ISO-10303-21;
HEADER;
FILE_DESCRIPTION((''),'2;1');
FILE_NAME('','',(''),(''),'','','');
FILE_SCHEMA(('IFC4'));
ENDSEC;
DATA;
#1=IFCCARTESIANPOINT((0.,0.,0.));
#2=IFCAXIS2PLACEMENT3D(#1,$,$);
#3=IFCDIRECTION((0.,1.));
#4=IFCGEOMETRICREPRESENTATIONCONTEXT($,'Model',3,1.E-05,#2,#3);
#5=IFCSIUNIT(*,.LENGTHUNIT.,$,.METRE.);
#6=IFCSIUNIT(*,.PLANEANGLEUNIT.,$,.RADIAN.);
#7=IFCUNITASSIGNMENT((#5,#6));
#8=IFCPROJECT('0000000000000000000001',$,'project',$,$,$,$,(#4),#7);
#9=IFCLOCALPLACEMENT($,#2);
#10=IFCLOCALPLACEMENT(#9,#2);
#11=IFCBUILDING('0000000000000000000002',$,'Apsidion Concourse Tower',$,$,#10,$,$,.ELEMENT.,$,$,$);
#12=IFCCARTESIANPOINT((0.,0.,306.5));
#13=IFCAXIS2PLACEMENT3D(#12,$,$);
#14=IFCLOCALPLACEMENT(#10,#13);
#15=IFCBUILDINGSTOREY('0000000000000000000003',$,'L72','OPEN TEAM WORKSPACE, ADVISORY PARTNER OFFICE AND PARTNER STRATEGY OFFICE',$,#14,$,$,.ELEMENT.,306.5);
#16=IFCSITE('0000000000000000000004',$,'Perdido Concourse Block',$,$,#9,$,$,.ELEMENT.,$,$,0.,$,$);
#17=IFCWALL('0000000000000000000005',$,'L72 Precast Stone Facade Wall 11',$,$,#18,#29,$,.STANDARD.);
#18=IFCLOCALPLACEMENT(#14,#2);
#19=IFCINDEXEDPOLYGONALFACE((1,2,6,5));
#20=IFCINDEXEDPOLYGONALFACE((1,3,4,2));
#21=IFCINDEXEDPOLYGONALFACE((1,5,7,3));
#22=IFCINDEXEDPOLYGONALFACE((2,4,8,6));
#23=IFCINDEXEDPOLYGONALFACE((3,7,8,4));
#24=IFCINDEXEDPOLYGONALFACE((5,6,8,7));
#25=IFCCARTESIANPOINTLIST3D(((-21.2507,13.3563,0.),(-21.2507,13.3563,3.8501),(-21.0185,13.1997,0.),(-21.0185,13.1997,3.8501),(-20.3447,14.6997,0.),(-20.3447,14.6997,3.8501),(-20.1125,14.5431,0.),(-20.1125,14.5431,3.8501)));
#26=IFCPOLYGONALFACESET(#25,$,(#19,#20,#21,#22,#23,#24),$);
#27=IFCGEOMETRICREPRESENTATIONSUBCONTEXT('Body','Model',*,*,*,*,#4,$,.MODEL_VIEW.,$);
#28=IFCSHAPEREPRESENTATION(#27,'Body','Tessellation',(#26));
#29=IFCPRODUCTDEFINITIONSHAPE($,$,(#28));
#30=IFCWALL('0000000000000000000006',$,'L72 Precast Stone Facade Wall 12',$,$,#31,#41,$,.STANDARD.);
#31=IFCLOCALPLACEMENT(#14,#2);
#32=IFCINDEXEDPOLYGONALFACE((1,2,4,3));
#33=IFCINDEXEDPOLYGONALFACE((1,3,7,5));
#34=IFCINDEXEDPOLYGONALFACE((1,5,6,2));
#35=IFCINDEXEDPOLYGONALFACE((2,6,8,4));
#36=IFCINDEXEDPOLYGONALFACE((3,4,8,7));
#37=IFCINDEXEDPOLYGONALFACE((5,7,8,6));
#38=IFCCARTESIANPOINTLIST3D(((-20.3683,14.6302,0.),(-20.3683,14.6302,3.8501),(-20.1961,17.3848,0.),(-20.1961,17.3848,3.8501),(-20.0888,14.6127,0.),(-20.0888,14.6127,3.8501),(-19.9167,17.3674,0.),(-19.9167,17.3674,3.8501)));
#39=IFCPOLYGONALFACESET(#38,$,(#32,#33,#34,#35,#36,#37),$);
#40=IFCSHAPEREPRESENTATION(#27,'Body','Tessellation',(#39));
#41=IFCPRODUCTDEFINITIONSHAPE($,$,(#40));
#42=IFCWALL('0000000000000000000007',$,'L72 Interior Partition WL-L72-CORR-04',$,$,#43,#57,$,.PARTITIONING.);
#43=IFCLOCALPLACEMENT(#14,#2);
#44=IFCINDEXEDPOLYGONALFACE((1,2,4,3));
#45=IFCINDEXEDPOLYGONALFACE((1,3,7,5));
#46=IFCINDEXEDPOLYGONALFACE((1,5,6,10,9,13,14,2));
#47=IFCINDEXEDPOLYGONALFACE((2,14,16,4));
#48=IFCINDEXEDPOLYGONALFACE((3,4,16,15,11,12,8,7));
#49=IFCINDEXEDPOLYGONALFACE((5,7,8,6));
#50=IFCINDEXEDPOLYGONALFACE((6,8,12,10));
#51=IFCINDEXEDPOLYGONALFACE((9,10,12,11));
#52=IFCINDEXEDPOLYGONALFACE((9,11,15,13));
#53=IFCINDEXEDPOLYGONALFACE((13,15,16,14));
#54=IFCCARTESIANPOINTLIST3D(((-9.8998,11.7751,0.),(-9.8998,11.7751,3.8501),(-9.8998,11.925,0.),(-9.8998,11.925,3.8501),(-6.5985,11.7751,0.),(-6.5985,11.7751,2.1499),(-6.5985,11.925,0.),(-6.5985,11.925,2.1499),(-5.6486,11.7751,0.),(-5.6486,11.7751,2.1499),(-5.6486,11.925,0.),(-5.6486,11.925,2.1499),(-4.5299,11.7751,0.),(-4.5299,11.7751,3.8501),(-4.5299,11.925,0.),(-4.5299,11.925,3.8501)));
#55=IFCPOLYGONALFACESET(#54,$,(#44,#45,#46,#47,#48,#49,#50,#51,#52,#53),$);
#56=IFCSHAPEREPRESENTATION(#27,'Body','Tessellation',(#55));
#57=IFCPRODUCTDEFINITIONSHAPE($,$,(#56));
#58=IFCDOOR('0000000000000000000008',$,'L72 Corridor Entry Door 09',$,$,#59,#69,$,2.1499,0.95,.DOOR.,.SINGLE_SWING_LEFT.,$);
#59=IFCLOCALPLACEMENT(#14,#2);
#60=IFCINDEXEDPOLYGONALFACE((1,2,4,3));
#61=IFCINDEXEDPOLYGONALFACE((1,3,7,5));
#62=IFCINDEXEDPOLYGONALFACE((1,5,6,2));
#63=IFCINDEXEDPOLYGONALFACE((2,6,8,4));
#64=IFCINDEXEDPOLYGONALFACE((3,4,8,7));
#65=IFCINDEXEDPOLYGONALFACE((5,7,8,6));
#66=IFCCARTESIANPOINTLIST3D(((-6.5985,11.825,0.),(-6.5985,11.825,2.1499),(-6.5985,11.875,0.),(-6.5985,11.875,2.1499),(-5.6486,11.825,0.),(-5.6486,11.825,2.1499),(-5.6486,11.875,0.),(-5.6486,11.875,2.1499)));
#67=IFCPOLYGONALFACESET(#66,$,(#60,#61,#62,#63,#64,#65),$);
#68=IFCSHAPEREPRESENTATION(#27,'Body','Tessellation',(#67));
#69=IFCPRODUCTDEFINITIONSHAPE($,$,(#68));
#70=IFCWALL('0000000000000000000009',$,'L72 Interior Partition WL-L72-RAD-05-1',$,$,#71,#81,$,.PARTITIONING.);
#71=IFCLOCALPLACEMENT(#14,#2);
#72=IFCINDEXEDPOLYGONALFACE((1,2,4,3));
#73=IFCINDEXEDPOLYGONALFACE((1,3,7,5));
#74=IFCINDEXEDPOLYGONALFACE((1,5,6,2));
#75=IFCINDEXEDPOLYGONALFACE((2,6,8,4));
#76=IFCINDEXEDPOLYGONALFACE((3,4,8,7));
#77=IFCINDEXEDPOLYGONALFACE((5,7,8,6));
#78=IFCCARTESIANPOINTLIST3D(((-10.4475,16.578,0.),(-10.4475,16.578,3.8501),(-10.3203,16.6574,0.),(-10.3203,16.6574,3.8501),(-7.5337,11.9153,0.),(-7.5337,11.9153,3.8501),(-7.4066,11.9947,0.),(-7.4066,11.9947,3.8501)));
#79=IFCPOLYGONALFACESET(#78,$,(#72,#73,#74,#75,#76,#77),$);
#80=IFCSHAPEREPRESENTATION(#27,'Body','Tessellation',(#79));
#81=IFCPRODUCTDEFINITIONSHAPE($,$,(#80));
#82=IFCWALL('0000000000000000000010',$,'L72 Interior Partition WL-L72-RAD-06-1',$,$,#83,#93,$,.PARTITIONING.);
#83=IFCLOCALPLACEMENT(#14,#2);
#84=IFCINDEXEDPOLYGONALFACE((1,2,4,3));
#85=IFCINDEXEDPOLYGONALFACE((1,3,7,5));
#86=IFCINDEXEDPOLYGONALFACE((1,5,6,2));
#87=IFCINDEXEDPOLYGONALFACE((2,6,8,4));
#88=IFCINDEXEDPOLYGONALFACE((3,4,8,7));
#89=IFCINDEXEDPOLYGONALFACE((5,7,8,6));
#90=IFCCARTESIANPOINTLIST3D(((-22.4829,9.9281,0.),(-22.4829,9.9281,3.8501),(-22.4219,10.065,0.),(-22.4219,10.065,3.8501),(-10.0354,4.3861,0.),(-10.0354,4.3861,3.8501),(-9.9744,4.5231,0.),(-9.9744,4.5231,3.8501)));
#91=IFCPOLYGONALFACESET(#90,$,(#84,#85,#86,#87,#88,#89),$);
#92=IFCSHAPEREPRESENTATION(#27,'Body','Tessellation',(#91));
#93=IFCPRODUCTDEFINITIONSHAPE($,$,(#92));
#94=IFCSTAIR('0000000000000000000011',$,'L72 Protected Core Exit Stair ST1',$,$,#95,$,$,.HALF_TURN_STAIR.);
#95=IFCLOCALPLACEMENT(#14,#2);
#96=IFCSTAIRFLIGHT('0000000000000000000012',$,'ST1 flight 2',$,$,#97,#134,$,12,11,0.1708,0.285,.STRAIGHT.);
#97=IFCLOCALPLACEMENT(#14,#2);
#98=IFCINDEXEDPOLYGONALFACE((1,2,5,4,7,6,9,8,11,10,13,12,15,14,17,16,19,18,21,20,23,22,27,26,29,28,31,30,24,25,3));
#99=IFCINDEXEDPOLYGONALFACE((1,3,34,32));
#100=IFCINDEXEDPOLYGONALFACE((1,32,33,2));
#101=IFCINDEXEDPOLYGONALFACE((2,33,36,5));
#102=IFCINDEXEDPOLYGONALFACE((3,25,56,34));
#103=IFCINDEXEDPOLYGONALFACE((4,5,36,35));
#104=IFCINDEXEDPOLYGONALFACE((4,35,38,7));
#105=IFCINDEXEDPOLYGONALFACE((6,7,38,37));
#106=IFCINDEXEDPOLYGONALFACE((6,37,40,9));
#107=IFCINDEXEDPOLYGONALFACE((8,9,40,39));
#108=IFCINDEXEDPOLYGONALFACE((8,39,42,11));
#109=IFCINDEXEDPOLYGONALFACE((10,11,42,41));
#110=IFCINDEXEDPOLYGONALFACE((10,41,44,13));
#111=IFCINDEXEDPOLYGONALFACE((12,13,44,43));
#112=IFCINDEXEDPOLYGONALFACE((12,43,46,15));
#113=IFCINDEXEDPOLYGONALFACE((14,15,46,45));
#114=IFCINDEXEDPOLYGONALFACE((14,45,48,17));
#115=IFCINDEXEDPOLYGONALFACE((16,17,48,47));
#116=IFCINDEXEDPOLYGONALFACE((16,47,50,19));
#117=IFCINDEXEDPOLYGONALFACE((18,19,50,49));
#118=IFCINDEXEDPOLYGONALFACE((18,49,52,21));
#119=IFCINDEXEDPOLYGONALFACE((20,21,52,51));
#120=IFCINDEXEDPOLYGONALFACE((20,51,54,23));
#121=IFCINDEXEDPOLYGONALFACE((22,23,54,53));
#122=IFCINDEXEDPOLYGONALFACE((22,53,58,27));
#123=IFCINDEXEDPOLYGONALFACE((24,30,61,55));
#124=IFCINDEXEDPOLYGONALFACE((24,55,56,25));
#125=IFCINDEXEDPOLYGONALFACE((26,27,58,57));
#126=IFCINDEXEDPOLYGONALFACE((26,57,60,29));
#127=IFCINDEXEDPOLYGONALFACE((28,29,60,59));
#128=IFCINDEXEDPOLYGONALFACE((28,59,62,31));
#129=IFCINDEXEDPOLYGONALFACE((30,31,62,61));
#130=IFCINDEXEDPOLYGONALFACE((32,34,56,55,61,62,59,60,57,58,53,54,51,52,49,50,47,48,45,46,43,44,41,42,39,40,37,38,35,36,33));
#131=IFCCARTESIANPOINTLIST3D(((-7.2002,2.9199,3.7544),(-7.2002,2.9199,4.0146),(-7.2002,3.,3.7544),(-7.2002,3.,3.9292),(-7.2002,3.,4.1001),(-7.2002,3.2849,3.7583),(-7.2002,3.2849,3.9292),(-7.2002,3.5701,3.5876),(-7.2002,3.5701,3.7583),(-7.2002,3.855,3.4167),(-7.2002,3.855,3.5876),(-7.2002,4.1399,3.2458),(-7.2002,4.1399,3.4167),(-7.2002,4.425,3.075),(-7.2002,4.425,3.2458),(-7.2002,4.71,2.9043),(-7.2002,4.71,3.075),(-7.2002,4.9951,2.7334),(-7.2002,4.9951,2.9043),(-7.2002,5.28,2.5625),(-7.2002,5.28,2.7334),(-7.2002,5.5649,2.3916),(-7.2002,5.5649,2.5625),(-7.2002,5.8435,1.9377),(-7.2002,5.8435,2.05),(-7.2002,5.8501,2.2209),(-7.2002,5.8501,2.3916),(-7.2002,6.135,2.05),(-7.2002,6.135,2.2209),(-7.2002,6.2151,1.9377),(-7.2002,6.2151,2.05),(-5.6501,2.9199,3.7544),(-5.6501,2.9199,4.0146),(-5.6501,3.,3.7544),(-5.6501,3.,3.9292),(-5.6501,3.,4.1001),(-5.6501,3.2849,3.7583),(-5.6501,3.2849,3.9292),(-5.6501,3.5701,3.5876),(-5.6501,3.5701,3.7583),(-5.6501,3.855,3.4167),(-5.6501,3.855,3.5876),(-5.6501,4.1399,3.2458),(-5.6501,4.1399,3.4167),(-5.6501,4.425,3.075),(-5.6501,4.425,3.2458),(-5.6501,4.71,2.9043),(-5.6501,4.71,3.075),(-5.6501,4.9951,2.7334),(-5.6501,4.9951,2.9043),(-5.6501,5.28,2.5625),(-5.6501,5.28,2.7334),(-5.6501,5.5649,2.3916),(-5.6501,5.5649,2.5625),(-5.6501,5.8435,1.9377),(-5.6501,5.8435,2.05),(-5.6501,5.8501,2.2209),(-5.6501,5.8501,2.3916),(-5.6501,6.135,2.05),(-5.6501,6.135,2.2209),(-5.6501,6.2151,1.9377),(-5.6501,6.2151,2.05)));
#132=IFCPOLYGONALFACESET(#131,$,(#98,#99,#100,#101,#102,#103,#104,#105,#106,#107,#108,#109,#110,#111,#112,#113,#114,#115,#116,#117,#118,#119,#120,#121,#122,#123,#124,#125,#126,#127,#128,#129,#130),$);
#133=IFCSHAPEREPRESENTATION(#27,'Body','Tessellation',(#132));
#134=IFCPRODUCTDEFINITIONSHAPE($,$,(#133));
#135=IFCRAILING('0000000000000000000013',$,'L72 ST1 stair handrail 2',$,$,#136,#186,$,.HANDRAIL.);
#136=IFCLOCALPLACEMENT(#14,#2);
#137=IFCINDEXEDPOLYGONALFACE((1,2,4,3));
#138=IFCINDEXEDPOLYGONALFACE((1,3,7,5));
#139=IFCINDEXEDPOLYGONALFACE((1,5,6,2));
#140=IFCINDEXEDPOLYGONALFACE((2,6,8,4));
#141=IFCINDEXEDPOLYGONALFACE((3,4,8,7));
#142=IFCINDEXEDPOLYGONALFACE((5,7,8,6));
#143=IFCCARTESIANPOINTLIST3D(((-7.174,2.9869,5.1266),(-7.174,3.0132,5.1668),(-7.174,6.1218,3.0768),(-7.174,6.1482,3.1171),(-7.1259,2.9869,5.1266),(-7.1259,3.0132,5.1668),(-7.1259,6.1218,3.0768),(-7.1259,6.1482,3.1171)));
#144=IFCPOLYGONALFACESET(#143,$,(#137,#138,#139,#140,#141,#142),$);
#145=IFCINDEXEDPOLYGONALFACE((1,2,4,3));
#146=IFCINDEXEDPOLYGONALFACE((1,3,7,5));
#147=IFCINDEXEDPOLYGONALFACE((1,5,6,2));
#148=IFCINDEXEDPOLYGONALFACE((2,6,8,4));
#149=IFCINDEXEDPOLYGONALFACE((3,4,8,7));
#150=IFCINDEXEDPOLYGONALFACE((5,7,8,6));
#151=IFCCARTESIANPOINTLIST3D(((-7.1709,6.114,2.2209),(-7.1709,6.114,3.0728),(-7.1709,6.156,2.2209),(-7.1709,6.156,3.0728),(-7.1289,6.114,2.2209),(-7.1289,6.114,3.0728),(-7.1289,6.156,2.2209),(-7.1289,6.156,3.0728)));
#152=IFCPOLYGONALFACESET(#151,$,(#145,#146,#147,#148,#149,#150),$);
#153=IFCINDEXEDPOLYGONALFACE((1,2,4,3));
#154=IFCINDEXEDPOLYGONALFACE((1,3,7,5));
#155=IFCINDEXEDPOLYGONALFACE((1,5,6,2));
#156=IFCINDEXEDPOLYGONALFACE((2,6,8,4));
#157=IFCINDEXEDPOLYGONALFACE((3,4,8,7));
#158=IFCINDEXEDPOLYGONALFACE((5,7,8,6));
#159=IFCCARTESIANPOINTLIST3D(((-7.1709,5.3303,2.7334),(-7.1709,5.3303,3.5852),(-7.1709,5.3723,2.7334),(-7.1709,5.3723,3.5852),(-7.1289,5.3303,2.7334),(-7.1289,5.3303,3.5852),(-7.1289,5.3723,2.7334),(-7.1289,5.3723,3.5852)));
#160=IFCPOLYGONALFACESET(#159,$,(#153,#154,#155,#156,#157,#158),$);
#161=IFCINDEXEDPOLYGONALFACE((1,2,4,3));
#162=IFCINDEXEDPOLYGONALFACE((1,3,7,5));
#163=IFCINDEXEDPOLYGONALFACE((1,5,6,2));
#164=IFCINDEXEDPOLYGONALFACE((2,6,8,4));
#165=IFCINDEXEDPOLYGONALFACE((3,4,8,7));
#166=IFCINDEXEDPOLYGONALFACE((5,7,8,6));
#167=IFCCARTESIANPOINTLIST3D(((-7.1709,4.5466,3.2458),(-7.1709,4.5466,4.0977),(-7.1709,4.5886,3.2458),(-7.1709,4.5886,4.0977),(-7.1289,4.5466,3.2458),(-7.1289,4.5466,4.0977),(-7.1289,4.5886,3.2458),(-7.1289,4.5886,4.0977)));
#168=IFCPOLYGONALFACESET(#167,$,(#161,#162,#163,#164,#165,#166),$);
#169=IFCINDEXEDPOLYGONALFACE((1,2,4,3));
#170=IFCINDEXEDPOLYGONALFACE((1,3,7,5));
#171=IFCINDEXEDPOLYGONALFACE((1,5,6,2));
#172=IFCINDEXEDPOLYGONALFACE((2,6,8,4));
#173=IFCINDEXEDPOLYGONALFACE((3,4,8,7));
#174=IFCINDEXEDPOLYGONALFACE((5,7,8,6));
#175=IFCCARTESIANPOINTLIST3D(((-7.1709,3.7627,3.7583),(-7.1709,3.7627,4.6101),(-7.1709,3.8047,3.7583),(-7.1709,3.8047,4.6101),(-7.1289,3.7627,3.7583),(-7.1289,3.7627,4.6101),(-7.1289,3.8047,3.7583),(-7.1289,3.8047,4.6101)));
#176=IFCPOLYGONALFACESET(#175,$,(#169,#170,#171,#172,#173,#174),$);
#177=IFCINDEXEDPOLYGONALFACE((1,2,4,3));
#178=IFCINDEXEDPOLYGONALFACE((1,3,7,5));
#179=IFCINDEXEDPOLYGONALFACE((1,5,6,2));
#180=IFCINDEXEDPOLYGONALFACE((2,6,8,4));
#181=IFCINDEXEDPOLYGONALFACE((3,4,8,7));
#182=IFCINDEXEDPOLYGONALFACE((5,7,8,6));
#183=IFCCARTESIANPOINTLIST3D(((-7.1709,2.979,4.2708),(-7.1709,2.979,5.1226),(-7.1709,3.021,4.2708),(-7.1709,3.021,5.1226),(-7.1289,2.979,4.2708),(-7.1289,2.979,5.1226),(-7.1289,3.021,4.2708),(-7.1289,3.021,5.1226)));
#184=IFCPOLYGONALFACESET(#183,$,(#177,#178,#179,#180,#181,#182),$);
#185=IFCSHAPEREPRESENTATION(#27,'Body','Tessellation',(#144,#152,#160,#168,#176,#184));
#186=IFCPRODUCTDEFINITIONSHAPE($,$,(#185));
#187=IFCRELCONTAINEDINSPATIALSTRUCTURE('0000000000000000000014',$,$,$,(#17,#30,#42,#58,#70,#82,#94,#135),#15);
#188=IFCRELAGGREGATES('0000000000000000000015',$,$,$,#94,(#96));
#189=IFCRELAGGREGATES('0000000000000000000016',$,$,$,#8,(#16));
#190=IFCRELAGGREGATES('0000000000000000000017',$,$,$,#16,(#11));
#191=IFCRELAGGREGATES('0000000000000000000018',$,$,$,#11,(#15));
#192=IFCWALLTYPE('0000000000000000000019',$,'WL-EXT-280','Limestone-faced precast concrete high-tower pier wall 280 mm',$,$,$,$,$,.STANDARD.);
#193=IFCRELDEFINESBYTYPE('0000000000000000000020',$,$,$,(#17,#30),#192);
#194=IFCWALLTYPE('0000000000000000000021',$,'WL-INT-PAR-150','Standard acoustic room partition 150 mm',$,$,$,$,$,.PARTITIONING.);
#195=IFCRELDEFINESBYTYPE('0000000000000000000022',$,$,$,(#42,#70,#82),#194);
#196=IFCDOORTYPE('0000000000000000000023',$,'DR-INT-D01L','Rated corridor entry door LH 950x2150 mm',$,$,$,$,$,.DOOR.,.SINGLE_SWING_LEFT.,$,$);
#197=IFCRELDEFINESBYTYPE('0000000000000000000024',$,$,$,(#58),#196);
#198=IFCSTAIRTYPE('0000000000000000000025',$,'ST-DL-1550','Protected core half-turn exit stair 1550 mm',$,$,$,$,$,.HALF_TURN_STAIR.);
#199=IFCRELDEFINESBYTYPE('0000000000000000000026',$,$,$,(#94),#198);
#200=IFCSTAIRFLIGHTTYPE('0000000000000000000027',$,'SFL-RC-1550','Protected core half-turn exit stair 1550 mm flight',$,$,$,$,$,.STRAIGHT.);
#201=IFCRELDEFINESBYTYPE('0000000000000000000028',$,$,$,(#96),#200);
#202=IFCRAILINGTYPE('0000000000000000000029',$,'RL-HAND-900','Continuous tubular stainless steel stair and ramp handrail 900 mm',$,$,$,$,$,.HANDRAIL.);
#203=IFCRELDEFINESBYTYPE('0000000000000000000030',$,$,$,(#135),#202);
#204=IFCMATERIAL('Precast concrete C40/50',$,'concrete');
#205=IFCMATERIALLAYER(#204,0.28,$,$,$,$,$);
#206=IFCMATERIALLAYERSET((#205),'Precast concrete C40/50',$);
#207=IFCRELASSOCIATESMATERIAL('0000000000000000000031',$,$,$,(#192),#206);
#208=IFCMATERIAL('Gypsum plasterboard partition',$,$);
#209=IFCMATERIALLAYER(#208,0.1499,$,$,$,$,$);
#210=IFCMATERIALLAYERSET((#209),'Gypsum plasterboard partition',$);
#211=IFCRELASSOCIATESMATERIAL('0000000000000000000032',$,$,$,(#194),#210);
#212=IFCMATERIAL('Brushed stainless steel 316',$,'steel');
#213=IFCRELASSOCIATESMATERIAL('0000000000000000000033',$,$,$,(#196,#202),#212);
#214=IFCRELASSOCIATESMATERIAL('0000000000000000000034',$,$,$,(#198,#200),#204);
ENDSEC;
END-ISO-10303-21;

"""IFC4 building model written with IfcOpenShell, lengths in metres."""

from ifc_helpers import new_model, si_unit, direction, frame, frame_2d, origin, origin_2d, place, context, subcontext, project, spatial, polyline, rectangle, outline, extrude, material, layer, layer_set, type_object, element, fill, aggregate, save


model = new_model("IFC4")

# Units and contexts
model_context = context("Model", 3, precision=1e-05, world=origin(), true_north=direction((0.0, 1.0)))
body_context = subcontext(model_context, "Body", "Model", "MODEL_VIEW")
ifc_project = project(units=[si_unit("LENGTHUNIT", "METRE"), si_unit("PLANEANGLEUNIT", "RADIAN")], contexts=[model_context])

# Site, building, storey
site_placement = place(None, origin())
site = spatial("IfcSite", under=ifc_project, at=site_placement, Name="Perdido Concourse Block", CompositionType="ELEMENT", RefElevation=0.0)
building_placement = place(site_placement, origin())
building = spatial("IfcBuilding", under=site, at=building_placement, Name="Apsidion Concourse Tower", CompositionType="ELEMENT")
storey_placement = place(building_placement, frame((0.0, 0.0, 306.5)))
storey = spatial("IfcBuildingStorey", under=building, at=storey_placement, Name="L72", Description="OPEN TEAM WORKSPACE, ADVISORY PARTNER OFFICE AND PARTNER STRATEGY OFFICE", CompositionType="ELEMENT", Elevation=306.5)

# Shared definitions
ifc_material_1 = material(Name="Precast concrete C40/50", Category="concrete")
ifc_layer_1 = layer(ifc_material_1, 0.28)
ifc_layer_set_1 = layer_set([ifc_layer_1], Name="Precast concrete C40/50")
wall_type_1 = type_object("IfcWallType", Name="WL-EXT-280", Description="Limestone-faced precast concrete high-tower pier wall 280 mm", PredefinedType="STANDARD", material=ifc_layer_set_1)

# Walls
wall_1_placement = place(storey_placement, frame((-21.1345, 13.2781, 0.0), z_axis=(0.0, 0.0, 1.0), x_axis=(0.559108, 0.829095, 0.0)))
element("IfcWall", 1, at=wall_1_placement, inside=storey, type_object=wall_type_1, Name="L72 Precast Stone Facade Wall 11", PredefinedType="STANDARD", context=body_context, shape_type="SweptSolid", body=[
    extrude(rectangle(XDim=1.6204, YDim=0.28, at=frame_2d((0.8101, 0.0))), origin(), (0.0, 0.0, 1.0), 3.8501),
])
wall_2_placement = place(storey_placement, frame((-20.2285, 14.6216, 0.0), z_axis=(0.0, 0.0, 1.0), x_axis=(0.062362, 0.998054, 0.0)))
element("IfcWall", 2, at=wall_2_placement, inside=storey, type_object=wall_type_1, Name="L72 Precast Stone Facade Wall 12", PredefinedType="STANDARD", context=body_context, shape_type="SweptSolid", body=[
    extrude(rectangle(XDim=2.76, YDim=0.28, at=frame_2d((1.3799, 0.0))), origin(), (0.0, 0.0, 1.0), 3.8501),
])

# Wall, opening, door
ifc_material_2 = material(Name="Gypsum plasterboard partition")
ifc_layer_2 = layer(ifc_material_2, 0.1499)
ifc_layer_set_2 = layer_set([ifc_layer_2], Name="Gypsum plasterboard partition")
wall_type_2 = type_object("IfcWallType", Name="WL-INT-PAR-150", Description="Standard acoustic room partition 150 mm", PredefinedType="PARTITIONING", material=ifc_layer_set_2)
wall_3_placement = place(storey_placement, frame((-9.8999, 11.8501, 0.0), z_axis=(0.0, 0.0, 1.0), x_axis=(1.0, 0.0, 0.0)))
wall_3 = element("IfcWall", 3, at=wall_3_placement, inside=storey, type_object=wall_type_2, Name="L72 Interior Partition WL-L72-CORR-04", PredefinedType="PARTITIONING", context=body_context, shape_type="SweptSolid", body=[
    extrude(rectangle(XDim=5.3699, YDim=0.1499, at=frame_2d((2.6851, 0.0))), origin(), (0.0, 0.0, 1.0), 3.8501),
])
opening_1_placement = place(wall_3_placement, frame((3.3013, 0.0, 0.0)))
opening_1 = element("IfcOpeningElement", 4, at=opening_1_placement, cuts=wall_3, PredefinedType="OPENING", context=body_context, shape_type="SweptSolid", body=[
    extrude(rectangle(XDim=0.95, YDim=2.1499, at=frame_2d((0.4751, 1.075))), frame((0.0, 0.085, 0.0), z_axis=(0.0, -1.0, 0.0), x_axis=(1.0, 0.0, 0.0)), (0.0, 0.0, 1.0), 0.1699),
])
ifc_material_3 = material(Name="Brushed stainless steel 316", Category="steel")
door_type_1 = type_object("IfcDoorType", Name="DR-INT-D01L", Description="Rated corridor entry door LH 950x2150 mm", OperationType="SINGLE_SWING_LEFT", PredefinedType="DOOR", material=ifc_material_3)
door_1_placement = place(opening_1_placement, origin())
door_1 = element("IfcDoor", 5, at=door_1_placement, inside=storey, type_object=door_type_1, Name="L72 Corridor Entry Door 09", OperationType="SINGLE_SWING_LEFT", OverallHeight=2.1499, OverallWidth=0.95, PredefinedType="DOOR", context=body_context, shape_type="SweptSolid", body=[
    extrude(rectangle(XDim=0.95, YDim=2.1499, at=frame_2d((0.4751, 1.075))), frame((0.0, 0.0249, 0.0), z_axis=(0.0, -1.0, 0.0), x_axis=(1.0, 0.0, 0.0)), (0.0, 0.0, 1.0), 0.05),
])
fill(opening_1, door_1)

# Walls
wall_4_placement = place(storey_placement, frame((-7.4702, 11.9551, 0.0), z_axis=(0.0, 0.0, 1.0), x_axis=(-0.529939, 0.848036, 0.0)))
element("IfcWall", 6, at=wall_4_placement, inside=storey, type_object=wall_type_2, Name="L72 Interior Partition WL-L72-RAD-05-1", PredefinedType="PARTITIONING", context=body_context, shape_type="SweptSolid", body=[
    extrude(rectangle(XDim=5.4983, YDim=0.1499, at=frame_2d((2.749, 0.0))), origin(), (0.0, 0.0, 1.0), 3.8501),
])
wall_5_placement = place(storey_placement, frame((-10.0049, 4.4546, 0.0), z_axis=(0.0, 0.0, 1.0), x_axis=(-0.913545, 0.406737, 0.0)))
element("IfcWall", 7, at=wall_5_placement, inside=storey, type_object=wall_type_2, Name="L72 Interior Partition WL-L72-RAD-06-1", PredefinedType="PARTITIONING", context=body_context, shape_type="SweptSolid", body=[
    extrude(rectangle(XDim=13.6255, YDim=0.1499, at=frame_2d((6.8127, 0.0))), origin(), (0.0, 0.0, 1.0), 3.8501),
])

# Stair, stair flight
stair_type = type_object("IfcStairType", Name="ST-DL-1550", Description="Protected core half-turn exit stair 1550 mm", PredefinedType="HALF_TURN_STAIR", material=ifc_material_1)
stair_placement = place(storey_placement, origin())
stair = element("IfcStair", 8, at=stair_placement, inside=storey, type_object=stair_type, Name="L72 Protected Core Exit Stair ST1", PredefinedType="HALF_TURN_STAIR")
stair_flight_type = type_object("IfcStairFlightType", Name="SFL-RC-1550", Description="Protected core half-turn exit stair 1550 mm flight", PredefinedType="STRAIGHT", material=ifc_material_1)
stair_flight_placement = place(storey_placement, frame((-6.425, 6.135, 2.05), z_axis=(0.0, 0.0, 1.0), x_axis=(0.0, -1.0, 0.0)))
stair_flight = element("IfcStairFlight", 9, at=stair_flight_placement, type_object=stair_flight_type, Name="ST1 flight 2", NumberOfRisers=12, NumberOfTreads=11, PredefinedType="STRAIGHT", RiserHeight=0.1708, TreadLength=0.285, context=body_context, shape_type="SweptSolid", body=[
    extrude(outline(polyline([(-0.0801, -0.1123), (-0.0801, 0.0), (0.0, 0.0), (0.0, 0.1709), (0.2849, 0.1709), (0.2849, 0.3416), (0.5701, 0.3416), (0.5701, 0.5125), (0.855, 0.5125), (0.855, 0.6833), (1.1399, 0.6833), (1.1399, 0.8542), (1.425, 0.8542), (1.425, 1.0249), (1.71, 1.0249), (1.71, 1.1958), (1.9951, 1.1958), (1.9951, 1.3667), (2.28, 1.3667), (2.28, 1.5376), (2.5649, 1.5376), (2.5649, 1.7083), (2.8501, 1.7083), (2.8501, 1.8792), (3.135, 1.8792), (3.135, 2.05), (3.2151, 1.9646), (3.2151, 1.7043), (3.135, 1.7043), (0.2915, 0.0), (0.2915, -0.1123), (-0.0801, -0.1123)])), frame((0.0, 0.7749, 0.0), z_axis=(0.0, -1.0, 0.0), x_axis=(1.0, 0.0, 0.0)), (0.0, 0.0, 1.0), 1.55),
])
aggregate(stair, [stair_flight])

# Railing
railing_type_1 = type_object("IfcRailingType", Name="RL-HAND-900", Description="Continuous tubular stainless steel stair and ramp handrail 900 mm", PredefinedType="HANDRAIL", material=ifc_material_3)
railing_1_placement = place(storey_placement, frame((-7.1499, 6.135, 2.2209)))
element("IfcRailing", 10, at=railing_1_placement, inside=storey, type_object=railing_type_1, Name="L72 ST1 stair handrail 2", PredefinedType="HANDRAIL", context=body_context, shape_type="SweptSolid", body=[
    extrude(rectangle(XDim=0.0481, YDim=0.0481, at=origin_2d()), frame((0.0, 0.0, 0.876), z_axis=(0.0, -0.836971, 0.547248), x_axis=(1.0, 0.0, 0.0)), (0.0, 0.0, 1.0), 3.7456),
    extrude(rectangle(XDim=0.042, YDim=0.042, at=origin_2d()), origin(), (0.0, 0.0, 1.0), 0.8518),
    extrude(rectangle(XDim=0.042, YDim=0.042, at=origin_2d()), frame((0.0, -0.7837, 0.5125)), (0.0, 0.0, 1.0), 0.8518),
    extrude(rectangle(XDim=0.042, YDim=0.042, at=origin_2d()), frame((0.0, -1.5674, 1.0249)), (0.0, 0.0, 1.0), 0.8518),
    extrude(rectangle(XDim=0.042, YDim=0.042, at=origin_2d()), frame((0.0, -2.3513, 1.5374)), (0.0, 0.0, 1.0), 0.8518),
    extrude(rectangle(XDim=0.042, YDim=0.042, at=origin_2d()), frame((0.0, -3.135, 2.0498)), (0.0, 0.0, 1.0), 0.8518),
])

save(model, "model.ifc")
